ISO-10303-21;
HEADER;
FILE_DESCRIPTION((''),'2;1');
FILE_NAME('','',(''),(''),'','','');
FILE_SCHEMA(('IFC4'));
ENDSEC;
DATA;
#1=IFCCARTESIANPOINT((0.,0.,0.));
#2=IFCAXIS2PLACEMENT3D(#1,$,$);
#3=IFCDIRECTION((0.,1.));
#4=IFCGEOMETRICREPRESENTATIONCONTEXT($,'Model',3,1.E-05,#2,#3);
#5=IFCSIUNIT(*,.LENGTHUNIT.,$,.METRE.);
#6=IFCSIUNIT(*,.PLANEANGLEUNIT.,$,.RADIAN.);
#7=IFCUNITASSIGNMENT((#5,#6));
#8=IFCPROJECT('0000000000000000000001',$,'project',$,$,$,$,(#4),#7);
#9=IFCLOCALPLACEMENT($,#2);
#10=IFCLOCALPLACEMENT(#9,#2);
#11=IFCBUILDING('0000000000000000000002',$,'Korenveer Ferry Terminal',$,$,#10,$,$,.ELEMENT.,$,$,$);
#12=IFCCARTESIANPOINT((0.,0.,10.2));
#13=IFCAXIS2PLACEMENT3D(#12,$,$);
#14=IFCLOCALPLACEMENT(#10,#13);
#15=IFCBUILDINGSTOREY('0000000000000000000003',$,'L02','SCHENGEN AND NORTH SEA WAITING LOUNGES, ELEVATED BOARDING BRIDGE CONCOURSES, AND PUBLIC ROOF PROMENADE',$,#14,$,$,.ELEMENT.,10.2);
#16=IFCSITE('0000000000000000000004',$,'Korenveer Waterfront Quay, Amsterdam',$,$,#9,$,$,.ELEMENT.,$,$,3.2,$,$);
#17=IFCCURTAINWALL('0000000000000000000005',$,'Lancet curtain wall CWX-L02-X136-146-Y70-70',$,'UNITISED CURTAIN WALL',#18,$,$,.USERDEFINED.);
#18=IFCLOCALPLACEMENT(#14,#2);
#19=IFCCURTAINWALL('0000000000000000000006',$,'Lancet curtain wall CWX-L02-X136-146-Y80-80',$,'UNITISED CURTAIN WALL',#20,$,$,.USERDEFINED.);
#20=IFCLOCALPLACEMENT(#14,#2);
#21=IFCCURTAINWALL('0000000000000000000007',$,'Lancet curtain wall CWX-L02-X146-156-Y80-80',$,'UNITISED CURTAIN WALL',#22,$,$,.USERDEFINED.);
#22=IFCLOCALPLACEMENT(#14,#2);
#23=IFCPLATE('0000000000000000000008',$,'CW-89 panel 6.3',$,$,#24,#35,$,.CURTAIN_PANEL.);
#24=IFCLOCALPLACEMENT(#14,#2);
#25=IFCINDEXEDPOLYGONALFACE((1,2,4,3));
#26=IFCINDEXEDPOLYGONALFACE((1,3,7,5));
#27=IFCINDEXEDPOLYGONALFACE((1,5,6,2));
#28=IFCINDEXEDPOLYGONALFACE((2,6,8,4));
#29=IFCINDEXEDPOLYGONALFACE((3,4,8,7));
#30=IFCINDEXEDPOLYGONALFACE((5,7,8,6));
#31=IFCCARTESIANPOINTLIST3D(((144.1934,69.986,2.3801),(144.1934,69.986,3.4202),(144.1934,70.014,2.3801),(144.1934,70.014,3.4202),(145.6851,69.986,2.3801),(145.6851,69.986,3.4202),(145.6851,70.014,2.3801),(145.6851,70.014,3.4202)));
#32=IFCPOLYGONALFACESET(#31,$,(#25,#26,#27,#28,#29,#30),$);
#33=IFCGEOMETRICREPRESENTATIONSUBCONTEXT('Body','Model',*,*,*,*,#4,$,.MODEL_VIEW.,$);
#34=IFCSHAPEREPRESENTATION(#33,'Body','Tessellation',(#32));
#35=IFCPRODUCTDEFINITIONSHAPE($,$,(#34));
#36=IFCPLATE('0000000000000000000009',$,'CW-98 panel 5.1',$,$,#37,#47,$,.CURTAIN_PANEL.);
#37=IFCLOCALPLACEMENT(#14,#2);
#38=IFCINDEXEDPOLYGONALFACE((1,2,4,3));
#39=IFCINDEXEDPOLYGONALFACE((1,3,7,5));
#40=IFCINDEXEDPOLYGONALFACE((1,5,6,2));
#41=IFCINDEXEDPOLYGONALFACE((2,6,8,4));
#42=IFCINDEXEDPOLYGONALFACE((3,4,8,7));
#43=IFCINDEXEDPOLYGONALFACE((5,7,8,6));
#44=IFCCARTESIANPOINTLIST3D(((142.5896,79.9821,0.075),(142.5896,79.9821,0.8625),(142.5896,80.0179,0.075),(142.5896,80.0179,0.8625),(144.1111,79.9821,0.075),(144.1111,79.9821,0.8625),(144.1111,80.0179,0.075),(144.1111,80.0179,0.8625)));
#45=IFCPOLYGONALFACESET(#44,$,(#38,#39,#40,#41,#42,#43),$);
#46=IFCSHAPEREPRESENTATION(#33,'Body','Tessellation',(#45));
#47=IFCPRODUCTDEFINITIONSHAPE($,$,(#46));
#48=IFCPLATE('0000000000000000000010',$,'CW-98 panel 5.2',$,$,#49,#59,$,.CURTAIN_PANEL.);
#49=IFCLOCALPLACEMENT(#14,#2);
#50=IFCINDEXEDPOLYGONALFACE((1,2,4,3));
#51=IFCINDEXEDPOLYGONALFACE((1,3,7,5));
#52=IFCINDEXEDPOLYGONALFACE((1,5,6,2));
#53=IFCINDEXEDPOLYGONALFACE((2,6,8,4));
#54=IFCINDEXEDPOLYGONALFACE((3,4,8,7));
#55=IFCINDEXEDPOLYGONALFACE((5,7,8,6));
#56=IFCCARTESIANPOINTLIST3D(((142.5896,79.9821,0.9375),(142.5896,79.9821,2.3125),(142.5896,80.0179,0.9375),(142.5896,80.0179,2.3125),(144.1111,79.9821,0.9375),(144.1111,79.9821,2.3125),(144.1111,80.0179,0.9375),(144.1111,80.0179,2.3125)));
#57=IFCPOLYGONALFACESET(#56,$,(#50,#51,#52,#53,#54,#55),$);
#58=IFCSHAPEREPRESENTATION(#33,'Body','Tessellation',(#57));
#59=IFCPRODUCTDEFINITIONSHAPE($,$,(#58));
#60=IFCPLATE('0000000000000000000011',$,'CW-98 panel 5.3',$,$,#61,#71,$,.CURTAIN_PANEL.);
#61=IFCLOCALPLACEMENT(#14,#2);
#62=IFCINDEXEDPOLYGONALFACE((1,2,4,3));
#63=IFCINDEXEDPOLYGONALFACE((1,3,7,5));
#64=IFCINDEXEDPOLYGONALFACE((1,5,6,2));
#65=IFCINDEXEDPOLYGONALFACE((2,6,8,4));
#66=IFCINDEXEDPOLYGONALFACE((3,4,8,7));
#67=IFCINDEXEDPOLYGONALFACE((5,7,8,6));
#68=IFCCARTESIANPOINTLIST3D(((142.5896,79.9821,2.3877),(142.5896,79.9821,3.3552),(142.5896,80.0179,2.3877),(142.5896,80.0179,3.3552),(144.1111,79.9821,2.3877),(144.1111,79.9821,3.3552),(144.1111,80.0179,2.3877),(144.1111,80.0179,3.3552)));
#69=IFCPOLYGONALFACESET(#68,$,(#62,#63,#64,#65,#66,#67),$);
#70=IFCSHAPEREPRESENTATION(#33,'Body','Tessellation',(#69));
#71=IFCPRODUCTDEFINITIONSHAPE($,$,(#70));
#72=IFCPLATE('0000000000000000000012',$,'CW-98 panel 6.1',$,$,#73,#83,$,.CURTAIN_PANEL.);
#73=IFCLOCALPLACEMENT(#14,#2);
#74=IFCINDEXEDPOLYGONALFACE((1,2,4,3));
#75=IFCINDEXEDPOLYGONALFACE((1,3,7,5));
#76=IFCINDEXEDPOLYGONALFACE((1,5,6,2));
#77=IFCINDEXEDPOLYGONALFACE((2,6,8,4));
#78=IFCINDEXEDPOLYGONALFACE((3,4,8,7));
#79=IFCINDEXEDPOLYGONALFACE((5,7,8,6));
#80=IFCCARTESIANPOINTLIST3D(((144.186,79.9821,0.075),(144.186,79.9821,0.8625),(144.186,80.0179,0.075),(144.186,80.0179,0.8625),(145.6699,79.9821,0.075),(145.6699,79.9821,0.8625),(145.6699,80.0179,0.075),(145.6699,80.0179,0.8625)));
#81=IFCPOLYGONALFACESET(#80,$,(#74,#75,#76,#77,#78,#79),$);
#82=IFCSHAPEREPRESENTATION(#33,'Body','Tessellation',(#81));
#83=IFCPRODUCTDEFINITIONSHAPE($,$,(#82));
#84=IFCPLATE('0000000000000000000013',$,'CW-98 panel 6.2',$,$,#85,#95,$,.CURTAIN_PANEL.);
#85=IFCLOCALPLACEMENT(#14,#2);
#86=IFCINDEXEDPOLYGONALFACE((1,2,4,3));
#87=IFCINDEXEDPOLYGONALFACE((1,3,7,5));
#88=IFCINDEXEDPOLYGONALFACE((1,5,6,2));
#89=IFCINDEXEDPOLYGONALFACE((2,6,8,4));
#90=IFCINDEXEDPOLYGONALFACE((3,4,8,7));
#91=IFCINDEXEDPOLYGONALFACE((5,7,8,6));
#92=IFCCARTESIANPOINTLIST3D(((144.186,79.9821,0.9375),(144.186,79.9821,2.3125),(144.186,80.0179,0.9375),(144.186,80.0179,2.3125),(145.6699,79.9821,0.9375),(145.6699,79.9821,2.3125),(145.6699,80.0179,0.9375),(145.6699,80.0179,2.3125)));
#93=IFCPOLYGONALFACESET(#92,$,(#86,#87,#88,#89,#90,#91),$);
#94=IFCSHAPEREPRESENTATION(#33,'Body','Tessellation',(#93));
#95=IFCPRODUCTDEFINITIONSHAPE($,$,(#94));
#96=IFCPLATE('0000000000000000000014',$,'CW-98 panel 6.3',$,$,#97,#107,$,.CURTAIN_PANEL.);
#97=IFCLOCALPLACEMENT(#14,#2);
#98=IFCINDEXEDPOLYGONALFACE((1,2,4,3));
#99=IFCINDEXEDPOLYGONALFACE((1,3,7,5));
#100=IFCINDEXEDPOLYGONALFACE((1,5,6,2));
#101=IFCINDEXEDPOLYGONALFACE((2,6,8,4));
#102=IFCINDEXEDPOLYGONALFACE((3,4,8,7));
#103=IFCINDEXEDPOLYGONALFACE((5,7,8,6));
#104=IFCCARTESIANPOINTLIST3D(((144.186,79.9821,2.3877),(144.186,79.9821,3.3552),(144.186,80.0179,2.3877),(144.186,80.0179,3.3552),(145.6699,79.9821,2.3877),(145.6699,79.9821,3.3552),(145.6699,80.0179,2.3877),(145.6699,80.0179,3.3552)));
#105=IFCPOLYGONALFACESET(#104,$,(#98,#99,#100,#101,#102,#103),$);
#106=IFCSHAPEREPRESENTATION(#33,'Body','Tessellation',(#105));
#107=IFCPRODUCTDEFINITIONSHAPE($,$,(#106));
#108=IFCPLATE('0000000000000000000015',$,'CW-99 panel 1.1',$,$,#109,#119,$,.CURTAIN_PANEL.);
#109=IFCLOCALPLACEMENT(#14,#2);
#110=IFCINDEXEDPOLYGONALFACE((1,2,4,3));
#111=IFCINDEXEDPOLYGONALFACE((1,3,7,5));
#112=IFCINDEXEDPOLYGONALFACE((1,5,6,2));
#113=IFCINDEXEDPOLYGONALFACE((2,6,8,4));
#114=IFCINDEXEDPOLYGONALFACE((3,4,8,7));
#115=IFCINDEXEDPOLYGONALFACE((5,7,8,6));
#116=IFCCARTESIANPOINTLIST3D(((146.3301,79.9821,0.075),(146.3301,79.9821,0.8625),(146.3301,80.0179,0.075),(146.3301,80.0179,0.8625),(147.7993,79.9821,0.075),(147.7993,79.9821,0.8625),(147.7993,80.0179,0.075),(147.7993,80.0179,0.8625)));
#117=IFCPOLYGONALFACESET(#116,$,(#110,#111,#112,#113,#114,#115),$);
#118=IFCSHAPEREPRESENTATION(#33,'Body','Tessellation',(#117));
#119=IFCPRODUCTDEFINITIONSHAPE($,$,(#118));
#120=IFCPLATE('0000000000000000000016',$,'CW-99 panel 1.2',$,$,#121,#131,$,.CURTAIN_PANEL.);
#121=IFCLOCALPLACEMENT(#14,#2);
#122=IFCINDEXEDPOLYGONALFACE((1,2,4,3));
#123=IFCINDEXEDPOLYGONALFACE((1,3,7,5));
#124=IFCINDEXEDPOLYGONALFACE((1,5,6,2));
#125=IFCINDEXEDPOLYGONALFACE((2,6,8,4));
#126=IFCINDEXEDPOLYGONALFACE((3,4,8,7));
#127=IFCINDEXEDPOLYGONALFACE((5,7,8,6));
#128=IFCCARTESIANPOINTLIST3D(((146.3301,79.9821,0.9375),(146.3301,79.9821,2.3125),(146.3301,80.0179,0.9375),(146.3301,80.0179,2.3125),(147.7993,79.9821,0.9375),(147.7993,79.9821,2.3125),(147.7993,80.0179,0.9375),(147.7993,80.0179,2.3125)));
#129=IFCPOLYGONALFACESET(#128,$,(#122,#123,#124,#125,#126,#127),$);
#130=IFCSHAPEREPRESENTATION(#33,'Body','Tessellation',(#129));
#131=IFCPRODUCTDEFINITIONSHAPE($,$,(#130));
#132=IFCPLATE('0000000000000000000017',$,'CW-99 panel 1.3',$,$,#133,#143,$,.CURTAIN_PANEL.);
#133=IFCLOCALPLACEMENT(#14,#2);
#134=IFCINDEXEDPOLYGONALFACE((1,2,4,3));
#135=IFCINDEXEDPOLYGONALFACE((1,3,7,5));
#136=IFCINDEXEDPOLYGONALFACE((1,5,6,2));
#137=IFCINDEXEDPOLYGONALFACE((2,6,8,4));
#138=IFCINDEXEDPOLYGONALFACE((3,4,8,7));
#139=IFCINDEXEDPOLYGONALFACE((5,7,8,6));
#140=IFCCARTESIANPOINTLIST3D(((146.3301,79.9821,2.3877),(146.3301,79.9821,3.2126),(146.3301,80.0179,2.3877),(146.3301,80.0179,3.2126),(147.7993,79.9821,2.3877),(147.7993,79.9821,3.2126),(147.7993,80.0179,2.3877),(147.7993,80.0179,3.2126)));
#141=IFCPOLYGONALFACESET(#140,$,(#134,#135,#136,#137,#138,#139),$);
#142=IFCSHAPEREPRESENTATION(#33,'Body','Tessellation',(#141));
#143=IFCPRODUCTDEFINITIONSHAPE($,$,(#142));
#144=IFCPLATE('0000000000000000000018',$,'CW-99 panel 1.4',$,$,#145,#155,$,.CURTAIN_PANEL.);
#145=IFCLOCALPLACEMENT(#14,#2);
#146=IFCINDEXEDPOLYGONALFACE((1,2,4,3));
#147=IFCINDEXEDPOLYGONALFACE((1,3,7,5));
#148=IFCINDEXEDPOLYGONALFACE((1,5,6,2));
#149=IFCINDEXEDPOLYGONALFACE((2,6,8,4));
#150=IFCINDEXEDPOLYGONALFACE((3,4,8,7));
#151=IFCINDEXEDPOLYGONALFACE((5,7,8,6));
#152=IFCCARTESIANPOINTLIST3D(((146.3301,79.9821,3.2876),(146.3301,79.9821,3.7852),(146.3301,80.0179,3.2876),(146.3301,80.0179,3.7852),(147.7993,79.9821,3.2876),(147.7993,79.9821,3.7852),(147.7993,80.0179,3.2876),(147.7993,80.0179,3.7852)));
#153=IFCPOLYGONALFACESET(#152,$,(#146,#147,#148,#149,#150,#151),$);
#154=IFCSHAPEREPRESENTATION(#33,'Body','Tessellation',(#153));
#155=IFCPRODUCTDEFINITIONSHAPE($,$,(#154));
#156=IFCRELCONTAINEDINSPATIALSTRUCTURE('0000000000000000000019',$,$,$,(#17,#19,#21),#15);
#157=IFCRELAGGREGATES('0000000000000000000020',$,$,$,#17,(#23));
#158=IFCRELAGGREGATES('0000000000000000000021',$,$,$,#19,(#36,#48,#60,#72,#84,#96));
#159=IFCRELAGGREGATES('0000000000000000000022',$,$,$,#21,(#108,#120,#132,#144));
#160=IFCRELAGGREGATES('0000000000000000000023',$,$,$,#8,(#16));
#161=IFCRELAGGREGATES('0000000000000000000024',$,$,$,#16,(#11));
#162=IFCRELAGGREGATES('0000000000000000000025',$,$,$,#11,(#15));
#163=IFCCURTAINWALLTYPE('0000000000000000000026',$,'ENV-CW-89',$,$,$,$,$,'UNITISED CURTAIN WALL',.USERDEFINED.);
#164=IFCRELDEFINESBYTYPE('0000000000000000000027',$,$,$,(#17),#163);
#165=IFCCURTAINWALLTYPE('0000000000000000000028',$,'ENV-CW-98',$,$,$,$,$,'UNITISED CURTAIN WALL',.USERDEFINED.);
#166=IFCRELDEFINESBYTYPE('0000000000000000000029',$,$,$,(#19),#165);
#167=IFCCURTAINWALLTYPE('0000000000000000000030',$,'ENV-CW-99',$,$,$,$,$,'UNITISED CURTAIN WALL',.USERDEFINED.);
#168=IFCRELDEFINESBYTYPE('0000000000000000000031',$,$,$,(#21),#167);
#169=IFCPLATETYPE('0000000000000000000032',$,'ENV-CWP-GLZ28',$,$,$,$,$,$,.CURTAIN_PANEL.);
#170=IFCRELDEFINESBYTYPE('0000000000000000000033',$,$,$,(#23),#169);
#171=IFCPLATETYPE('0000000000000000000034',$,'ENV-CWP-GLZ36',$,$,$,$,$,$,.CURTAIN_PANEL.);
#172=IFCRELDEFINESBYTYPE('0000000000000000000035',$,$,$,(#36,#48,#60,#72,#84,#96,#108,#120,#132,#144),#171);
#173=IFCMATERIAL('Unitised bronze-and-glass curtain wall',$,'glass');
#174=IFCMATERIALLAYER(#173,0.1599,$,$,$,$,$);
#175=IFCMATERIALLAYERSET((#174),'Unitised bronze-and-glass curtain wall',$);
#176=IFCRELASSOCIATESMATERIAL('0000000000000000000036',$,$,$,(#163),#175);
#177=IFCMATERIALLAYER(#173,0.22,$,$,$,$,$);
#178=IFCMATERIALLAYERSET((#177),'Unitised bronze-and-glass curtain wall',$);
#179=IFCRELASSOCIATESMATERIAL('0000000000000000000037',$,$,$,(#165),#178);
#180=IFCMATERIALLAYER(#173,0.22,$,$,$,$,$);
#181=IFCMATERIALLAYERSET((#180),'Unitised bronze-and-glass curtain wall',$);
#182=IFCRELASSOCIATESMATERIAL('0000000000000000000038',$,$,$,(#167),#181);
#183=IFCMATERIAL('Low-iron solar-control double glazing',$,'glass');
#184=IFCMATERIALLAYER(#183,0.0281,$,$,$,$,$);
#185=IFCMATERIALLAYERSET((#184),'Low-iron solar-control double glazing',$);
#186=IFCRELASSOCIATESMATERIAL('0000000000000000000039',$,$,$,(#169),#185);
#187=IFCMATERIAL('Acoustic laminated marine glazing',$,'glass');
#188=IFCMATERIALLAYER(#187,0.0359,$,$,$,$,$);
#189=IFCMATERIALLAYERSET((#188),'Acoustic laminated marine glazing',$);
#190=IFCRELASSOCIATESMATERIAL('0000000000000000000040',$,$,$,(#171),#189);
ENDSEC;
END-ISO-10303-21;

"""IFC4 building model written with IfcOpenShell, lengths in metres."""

from ifc_helpers import new_model, si_unit, direction, frame, origin, origin_2d, place, context, subcontext, project, spatial, rectangle, extrude, material, layer, layer_set, type_object, element, aggregate, save


model = new_model("IFC4")

# Units and contexts
model_context = context("Model", 3, precision=1e-05, world=origin(), true_north=direction((0.0, 1.0)))
body_context = subcontext(model_context, "Body", "Model", "MODEL_VIEW")
ifc_project = project(units=[si_unit("LENGTHUNIT", "METRE"), si_unit("PLANEANGLEUNIT", "RADIAN")], contexts=[model_context])

# Site, building, storey
site_placement = place(None, origin())
site = spatial("IfcSite", under=ifc_project, at=site_placement, Name="Korenveer Waterfront Quay, Amsterdam", CompositionType="ELEMENT", RefElevation=3.2)
building_placement = place(site_placement, origin())
building = spatial("IfcBuilding", under=site, at=building_placement, Name="Korenveer Ferry Terminal", CompositionType="ELEMENT")
storey_placement = place(building_placement, frame((0.0, 0.0, 10.2)))
storey = spatial("IfcBuildingStorey", under=building, at=storey_placement, Name="L02", Description="SCHENGEN AND NORTH SEA WAITING LOUNGES, ELEVATED BOARDING BRIDGE CONCOURSES, AND PUBLIC ROOF PROMENADE", CompositionType="ELEMENT", Elevation=10.2)

# Curtain wall
ifc_material_1 = material(Name="Unitised bronze-and-glass curtain wall", Category="glass")
ifc_layer_1 = layer(ifc_material_1, 0.1599)
ifc_layer_set_1 = layer_set([ifc_layer_1], Name="Unitised bronze-and-glass curtain wall")
curtain_wall_type_1 = type_object("IfcCurtainWallType", Name="ENV-CW-89", ElementType="UNITISED CURTAIN WALL", PredefinedType="USERDEFINED", material=ifc_layer_set_1)
curtain_wall_1_placement = place(storey_placement, frame((136.2549, 70.0, 0.0)))
curtain_wall_1 = element("IfcCurtainWall", 1, at=curtain_wall_1_placement, inside=storey, type_object=curtain_wall_type_1, Name="Lancet curtain wall CWX-L02-X136-146-Y70-70", ObjectType="UNITISED CURTAIN WALL", PredefinedType="USERDEFINED")

# Curtain walls
ifc_layer_2 = layer(ifc_material_1, 0.22)
ifc_layer_set_2 = layer_set([ifc_layer_2], Name="Unitised bronze-and-glass curtain wall")
curtain_wall_type_2 = type_object("IfcCurtainWallType", Name="ENV-CW-98", ElementType="UNITISED CURTAIN WALL", PredefinedType="USERDEFINED", material=ifc_layer_set_2)
curtain_wall_2_placement = place(storey_placement, frame((136.1665, 80.0, 0.0)))
curtain_wall_2 = element("IfcCurtainWall", 2, at=curtain_wall_2_placement, inside=storey, type_object=curtain_wall_type_2, Name="Lancet curtain wall CWX-L02-X136-146-Y80-80", ObjectType="UNITISED CURTAIN WALL", PredefinedType="USERDEFINED")
ifc_layer_3 = layer(ifc_material_1, 0.22)
ifc_layer_set_3 = layer_set([ifc_layer_3], Name="Unitised bronze-and-glass curtain wall")
curtain_wall_type_3 = type_object("IfcCurtainWallType", Name="ENV-CW-99", ElementType="UNITISED CURTAIN WALL", PredefinedType="USERDEFINED", material=ifc_layer_set_3)
curtain_wall_3_placement = place(storey_placement, frame((146.2549, 80.0, 0.0)))
curtain_wall_3 = element("IfcCurtainWall", 3, at=curtain_wall_3_placement, inside=storey, type_object=curtain_wall_type_3, Name="Lancet curtain wall CWX-L02-X146-156-Y80-80", ObjectType="UNITISED CURTAIN WALL", PredefinedType="USERDEFINED")

# Plates
ifc_material_2 = material(Name="Low-iron solar-control double glazing", Category="glass")
ifc_layer_4 = layer(ifc_material_2, 0.0281)
ifc_layer_set_4 = layer_set([ifc_layer_4], Name="Low-iron solar-control double glazing")
plate_type_1 = type_object("IfcPlateType", Name="ENV-CWP-GLZ28", PredefinedType="CURTAIN_PANEL", material=ifc_layer_set_4)
plate_1_placement = place(storey_placement, frame((144.9392, 70.0, 2.3801), z_axis=(0.0, 0.0, 1.0), x_axis=(1.0, 0.0, 0.0)))
plate_1 = element("IfcPlate", 4, at=plate_1_placement, type_object=plate_type_1, Name="CW-89 panel 6.3", PredefinedType="CURTAIN_PANEL", context=body_context, shape_type="SweptSolid", body=[
    extrude(rectangle(XDim=1.4917, YDim=0.0281, at=origin_2d()), origin(), (0.0, 0.0, 1.0), 1.04),
])
aggregate(curtain_wall_1, [plate_1])
ifc_material_3 = material(Name="Acoustic laminated marine glazing", Category="glass")
ifc_layer_5 = layer(ifc_material_3, 0.0359)
ifc_layer_set_5 = layer_set([ifc_layer_5], Name="Acoustic laminated marine glazing")
plate_type_2 = type_object("IfcPlateType", Name="ENV-CWP-GLZ36", PredefinedType="CURTAIN_PANEL", material=ifc_layer_set_5)
plate_2_placement = place(storey_placement, frame((143.3503, 80.0, 0.075), z_axis=(0.0, 0.0, 1.0), x_axis=(1.0, 0.0, 0.0)))
plate_2 = element("IfcPlate", 5, at=plate_2_placement, type_object=plate_type_2, Name="CW-98 panel 5.1", PredefinedType="CURTAIN_PANEL", context=body_context, shape_type="SweptSolid", body=[
    extrude(rectangle(XDim=1.5215, YDim=0.0359, at=origin_2d()), origin(), (0.0, 0.0, 1.0), 0.7876),
])
plate_3_placement = place(storey_placement, frame((143.3503, 80.0, 0.9375), z_axis=(0.0, 0.0, 1.0), x_axis=(1.0, 0.0, 0.0)))
plate_3 = element("IfcPlate", 6, at=plate_3_placement, type_object=plate_type_2, Name="CW-98 panel 5.2", PredefinedType="CURTAIN_PANEL", context=body_context, shape_type="SweptSolid", body=[
    extrude(rectangle(XDim=1.5215, YDim=0.0359, at=origin_2d()), origin(), (0.0, 0.0, 1.0), 1.375),
])
plate_4_placement = place(storey_placement, frame((143.3503, 80.0, 2.3877), z_axis=(0.0, 0.0, 1.0), x_axis=(1.0, 0.0, 0.0)))
plate_4 = element("IfcPlate", 7, at=plate_4_placement, type_object=plate_type_2, Name="CW-98 panel 5.3", PredefinedType="CURTAIN_PANEL", context=body_context, shape_type="SweptSolid", body=[
    extrude(rectangle(XDim=1.5215, YDim=0.0359, at=origin_2d()), origin(), (0.0, 0.0, 1.0), 0.9675),
])
plate_5_placement = place(storey_placement, frame((144.928, 80.0, 0.075), z_axis=(0.0, 0.0, 1.0), x_axis=(1.0, 0.0, 0.0)))
plate_5 = element("IfcPlate", 8, at=plate_5_placement, type_object=plate_type_2, Name="CW-98 panel 6.1", PredefinedType="CURTAIN_PANEL", context=body_context, shape_type="SweptSolid", body=[
    extrude(rectangle(XDim=1.4839, YDim=0.0359, at=origin_2d()), origin(), (0.0, 0.0, 1.0), 0.7876),
])
plate_6_placement = place(storey_placement, frame((144.928, 80.0, 0.9375), z_axis=(0.0, 0.0, 1.0), x_axis=(1.0, 0.0, 0.0)))
plate_6 = element("IfcPlate", 9, at=plate_6_placement, type_object=plate_type_2, Name="CW-98 panel 6.2", PredefinedType="CURTAIN_PANEL", context=body_context, shape_type="SweptSolid", body=[
    extrude(rectangle(XDim=1.4839, YDim=0.0359, at=origin_2d()), origin(), (0.0, 0.0, 1.0), 1.375),
])
plate_7_placement = place(storey_placement, frame((144.928, 80.0, 2.3877), z_axis=(0.0, 0.0, 1.0), x_axis=(1.0, 0.0, 0.0)))
plate_7 = element("IfcPlate", 10, at=plate_7_placement, type_object=plate_type_2, Name="CW-98 panel 6.3", PredefinedType="CURTAIN_PANEL", context=body_context, shape_type="SweptSolid", body=[
    extrude(rectangle(XDim=1.4839, YDim=0.0359, at=origin_2d()), origin(), (0.0, 0.0, 1.0), 0.9675),
])
aggregate(curtain_wall_2, [plate_2, plate_3, plate_4, plate_5, plate_6, plate_7])
plate_8_placement = place(storey_placement, frame((147.0647, 80.0, 0.075), z_axis=(0.0, 0.0, 1.0), x_axis=(1.0, 0.0, 0.0)))
plate_8 = element("IfcPlate", 11, at=plate_8_placement, type_object=plate_type_2, Name="CW-99 panel 1.1", PredefinedType="CURTAIN_PANEL", context=body_context, shape_type="SweptSolid", body=[
    extrude(rectangle(XDim=1.4692, YDim=0.0359, at=origin_2d()), origin(), (0.0, 0.0, 1.0), 0.7876),
])
plate_9_placement = place(storey_placement, frame((147.0647, 80.0, 0.9375), z_axis=(0.0, 0.0, 1.0), x_axis=(1.0, 0.0, 0.0)))
plate_9 = element("IfcPlate", 12, at=plate_9_placement, type_object=plate_type_2, Name="CW-99 panel 1.2", PredefinedType="CURTAIN_PANEL", context=body_context, shape_type="SweptSolid", body=[
    extrude(rectangle(XDim=1.4692, YDim=0.0359, at=origin_2d()), origin(), (0.0, 0.0, 1.0), 1.375),
])
plate_10_placement = place(storey_placement, frame((147.0647, 80.0, 2.3877), z_axis=(0.0, 0.0, 1.0), x_axis=(1.0, 0.0, 0.0)))
plate_10 = element("IfcPlate", 13, at=plate_10_placement, type_object=plate_type_2, Name="CW-99 panel 1.3", PredefinedType="CURTAIN_PANEL", context=body_context, shape_type="SweptSolid", body=[
    extrude(rectangle(XDim=1.4692, YDim=0.0359, at=origin_2d()), origin(), (0.0, 0.0, 1.0), 0.825),
])
plate_11_placement = place(storey_placement, frame((147.0647, 80.0, 3.2876), z_axis=(0.0, 0.0, 1.0), x_axis=(1.0, 0.0, 0.0)))
plate_11 = element("IfcPlate", 14, at=plate_11_placement, type_object=plate_type_2, Name="CW-99 panel 1.4", PredefinedType="CURTAIN_PANEL", context=body_context, shape_type="SweptSolid", body=[
    extrude(rectangle(XDim=1.4692, YDim=0.0359, at=origin_2d()), origin(), (0.0, 0.0, 1.0), 0.4976),
])
aggregate(curtain_wall_3, [plate_8, plate_9, plate_10, plate_11])

save(model, "model.ifc")
